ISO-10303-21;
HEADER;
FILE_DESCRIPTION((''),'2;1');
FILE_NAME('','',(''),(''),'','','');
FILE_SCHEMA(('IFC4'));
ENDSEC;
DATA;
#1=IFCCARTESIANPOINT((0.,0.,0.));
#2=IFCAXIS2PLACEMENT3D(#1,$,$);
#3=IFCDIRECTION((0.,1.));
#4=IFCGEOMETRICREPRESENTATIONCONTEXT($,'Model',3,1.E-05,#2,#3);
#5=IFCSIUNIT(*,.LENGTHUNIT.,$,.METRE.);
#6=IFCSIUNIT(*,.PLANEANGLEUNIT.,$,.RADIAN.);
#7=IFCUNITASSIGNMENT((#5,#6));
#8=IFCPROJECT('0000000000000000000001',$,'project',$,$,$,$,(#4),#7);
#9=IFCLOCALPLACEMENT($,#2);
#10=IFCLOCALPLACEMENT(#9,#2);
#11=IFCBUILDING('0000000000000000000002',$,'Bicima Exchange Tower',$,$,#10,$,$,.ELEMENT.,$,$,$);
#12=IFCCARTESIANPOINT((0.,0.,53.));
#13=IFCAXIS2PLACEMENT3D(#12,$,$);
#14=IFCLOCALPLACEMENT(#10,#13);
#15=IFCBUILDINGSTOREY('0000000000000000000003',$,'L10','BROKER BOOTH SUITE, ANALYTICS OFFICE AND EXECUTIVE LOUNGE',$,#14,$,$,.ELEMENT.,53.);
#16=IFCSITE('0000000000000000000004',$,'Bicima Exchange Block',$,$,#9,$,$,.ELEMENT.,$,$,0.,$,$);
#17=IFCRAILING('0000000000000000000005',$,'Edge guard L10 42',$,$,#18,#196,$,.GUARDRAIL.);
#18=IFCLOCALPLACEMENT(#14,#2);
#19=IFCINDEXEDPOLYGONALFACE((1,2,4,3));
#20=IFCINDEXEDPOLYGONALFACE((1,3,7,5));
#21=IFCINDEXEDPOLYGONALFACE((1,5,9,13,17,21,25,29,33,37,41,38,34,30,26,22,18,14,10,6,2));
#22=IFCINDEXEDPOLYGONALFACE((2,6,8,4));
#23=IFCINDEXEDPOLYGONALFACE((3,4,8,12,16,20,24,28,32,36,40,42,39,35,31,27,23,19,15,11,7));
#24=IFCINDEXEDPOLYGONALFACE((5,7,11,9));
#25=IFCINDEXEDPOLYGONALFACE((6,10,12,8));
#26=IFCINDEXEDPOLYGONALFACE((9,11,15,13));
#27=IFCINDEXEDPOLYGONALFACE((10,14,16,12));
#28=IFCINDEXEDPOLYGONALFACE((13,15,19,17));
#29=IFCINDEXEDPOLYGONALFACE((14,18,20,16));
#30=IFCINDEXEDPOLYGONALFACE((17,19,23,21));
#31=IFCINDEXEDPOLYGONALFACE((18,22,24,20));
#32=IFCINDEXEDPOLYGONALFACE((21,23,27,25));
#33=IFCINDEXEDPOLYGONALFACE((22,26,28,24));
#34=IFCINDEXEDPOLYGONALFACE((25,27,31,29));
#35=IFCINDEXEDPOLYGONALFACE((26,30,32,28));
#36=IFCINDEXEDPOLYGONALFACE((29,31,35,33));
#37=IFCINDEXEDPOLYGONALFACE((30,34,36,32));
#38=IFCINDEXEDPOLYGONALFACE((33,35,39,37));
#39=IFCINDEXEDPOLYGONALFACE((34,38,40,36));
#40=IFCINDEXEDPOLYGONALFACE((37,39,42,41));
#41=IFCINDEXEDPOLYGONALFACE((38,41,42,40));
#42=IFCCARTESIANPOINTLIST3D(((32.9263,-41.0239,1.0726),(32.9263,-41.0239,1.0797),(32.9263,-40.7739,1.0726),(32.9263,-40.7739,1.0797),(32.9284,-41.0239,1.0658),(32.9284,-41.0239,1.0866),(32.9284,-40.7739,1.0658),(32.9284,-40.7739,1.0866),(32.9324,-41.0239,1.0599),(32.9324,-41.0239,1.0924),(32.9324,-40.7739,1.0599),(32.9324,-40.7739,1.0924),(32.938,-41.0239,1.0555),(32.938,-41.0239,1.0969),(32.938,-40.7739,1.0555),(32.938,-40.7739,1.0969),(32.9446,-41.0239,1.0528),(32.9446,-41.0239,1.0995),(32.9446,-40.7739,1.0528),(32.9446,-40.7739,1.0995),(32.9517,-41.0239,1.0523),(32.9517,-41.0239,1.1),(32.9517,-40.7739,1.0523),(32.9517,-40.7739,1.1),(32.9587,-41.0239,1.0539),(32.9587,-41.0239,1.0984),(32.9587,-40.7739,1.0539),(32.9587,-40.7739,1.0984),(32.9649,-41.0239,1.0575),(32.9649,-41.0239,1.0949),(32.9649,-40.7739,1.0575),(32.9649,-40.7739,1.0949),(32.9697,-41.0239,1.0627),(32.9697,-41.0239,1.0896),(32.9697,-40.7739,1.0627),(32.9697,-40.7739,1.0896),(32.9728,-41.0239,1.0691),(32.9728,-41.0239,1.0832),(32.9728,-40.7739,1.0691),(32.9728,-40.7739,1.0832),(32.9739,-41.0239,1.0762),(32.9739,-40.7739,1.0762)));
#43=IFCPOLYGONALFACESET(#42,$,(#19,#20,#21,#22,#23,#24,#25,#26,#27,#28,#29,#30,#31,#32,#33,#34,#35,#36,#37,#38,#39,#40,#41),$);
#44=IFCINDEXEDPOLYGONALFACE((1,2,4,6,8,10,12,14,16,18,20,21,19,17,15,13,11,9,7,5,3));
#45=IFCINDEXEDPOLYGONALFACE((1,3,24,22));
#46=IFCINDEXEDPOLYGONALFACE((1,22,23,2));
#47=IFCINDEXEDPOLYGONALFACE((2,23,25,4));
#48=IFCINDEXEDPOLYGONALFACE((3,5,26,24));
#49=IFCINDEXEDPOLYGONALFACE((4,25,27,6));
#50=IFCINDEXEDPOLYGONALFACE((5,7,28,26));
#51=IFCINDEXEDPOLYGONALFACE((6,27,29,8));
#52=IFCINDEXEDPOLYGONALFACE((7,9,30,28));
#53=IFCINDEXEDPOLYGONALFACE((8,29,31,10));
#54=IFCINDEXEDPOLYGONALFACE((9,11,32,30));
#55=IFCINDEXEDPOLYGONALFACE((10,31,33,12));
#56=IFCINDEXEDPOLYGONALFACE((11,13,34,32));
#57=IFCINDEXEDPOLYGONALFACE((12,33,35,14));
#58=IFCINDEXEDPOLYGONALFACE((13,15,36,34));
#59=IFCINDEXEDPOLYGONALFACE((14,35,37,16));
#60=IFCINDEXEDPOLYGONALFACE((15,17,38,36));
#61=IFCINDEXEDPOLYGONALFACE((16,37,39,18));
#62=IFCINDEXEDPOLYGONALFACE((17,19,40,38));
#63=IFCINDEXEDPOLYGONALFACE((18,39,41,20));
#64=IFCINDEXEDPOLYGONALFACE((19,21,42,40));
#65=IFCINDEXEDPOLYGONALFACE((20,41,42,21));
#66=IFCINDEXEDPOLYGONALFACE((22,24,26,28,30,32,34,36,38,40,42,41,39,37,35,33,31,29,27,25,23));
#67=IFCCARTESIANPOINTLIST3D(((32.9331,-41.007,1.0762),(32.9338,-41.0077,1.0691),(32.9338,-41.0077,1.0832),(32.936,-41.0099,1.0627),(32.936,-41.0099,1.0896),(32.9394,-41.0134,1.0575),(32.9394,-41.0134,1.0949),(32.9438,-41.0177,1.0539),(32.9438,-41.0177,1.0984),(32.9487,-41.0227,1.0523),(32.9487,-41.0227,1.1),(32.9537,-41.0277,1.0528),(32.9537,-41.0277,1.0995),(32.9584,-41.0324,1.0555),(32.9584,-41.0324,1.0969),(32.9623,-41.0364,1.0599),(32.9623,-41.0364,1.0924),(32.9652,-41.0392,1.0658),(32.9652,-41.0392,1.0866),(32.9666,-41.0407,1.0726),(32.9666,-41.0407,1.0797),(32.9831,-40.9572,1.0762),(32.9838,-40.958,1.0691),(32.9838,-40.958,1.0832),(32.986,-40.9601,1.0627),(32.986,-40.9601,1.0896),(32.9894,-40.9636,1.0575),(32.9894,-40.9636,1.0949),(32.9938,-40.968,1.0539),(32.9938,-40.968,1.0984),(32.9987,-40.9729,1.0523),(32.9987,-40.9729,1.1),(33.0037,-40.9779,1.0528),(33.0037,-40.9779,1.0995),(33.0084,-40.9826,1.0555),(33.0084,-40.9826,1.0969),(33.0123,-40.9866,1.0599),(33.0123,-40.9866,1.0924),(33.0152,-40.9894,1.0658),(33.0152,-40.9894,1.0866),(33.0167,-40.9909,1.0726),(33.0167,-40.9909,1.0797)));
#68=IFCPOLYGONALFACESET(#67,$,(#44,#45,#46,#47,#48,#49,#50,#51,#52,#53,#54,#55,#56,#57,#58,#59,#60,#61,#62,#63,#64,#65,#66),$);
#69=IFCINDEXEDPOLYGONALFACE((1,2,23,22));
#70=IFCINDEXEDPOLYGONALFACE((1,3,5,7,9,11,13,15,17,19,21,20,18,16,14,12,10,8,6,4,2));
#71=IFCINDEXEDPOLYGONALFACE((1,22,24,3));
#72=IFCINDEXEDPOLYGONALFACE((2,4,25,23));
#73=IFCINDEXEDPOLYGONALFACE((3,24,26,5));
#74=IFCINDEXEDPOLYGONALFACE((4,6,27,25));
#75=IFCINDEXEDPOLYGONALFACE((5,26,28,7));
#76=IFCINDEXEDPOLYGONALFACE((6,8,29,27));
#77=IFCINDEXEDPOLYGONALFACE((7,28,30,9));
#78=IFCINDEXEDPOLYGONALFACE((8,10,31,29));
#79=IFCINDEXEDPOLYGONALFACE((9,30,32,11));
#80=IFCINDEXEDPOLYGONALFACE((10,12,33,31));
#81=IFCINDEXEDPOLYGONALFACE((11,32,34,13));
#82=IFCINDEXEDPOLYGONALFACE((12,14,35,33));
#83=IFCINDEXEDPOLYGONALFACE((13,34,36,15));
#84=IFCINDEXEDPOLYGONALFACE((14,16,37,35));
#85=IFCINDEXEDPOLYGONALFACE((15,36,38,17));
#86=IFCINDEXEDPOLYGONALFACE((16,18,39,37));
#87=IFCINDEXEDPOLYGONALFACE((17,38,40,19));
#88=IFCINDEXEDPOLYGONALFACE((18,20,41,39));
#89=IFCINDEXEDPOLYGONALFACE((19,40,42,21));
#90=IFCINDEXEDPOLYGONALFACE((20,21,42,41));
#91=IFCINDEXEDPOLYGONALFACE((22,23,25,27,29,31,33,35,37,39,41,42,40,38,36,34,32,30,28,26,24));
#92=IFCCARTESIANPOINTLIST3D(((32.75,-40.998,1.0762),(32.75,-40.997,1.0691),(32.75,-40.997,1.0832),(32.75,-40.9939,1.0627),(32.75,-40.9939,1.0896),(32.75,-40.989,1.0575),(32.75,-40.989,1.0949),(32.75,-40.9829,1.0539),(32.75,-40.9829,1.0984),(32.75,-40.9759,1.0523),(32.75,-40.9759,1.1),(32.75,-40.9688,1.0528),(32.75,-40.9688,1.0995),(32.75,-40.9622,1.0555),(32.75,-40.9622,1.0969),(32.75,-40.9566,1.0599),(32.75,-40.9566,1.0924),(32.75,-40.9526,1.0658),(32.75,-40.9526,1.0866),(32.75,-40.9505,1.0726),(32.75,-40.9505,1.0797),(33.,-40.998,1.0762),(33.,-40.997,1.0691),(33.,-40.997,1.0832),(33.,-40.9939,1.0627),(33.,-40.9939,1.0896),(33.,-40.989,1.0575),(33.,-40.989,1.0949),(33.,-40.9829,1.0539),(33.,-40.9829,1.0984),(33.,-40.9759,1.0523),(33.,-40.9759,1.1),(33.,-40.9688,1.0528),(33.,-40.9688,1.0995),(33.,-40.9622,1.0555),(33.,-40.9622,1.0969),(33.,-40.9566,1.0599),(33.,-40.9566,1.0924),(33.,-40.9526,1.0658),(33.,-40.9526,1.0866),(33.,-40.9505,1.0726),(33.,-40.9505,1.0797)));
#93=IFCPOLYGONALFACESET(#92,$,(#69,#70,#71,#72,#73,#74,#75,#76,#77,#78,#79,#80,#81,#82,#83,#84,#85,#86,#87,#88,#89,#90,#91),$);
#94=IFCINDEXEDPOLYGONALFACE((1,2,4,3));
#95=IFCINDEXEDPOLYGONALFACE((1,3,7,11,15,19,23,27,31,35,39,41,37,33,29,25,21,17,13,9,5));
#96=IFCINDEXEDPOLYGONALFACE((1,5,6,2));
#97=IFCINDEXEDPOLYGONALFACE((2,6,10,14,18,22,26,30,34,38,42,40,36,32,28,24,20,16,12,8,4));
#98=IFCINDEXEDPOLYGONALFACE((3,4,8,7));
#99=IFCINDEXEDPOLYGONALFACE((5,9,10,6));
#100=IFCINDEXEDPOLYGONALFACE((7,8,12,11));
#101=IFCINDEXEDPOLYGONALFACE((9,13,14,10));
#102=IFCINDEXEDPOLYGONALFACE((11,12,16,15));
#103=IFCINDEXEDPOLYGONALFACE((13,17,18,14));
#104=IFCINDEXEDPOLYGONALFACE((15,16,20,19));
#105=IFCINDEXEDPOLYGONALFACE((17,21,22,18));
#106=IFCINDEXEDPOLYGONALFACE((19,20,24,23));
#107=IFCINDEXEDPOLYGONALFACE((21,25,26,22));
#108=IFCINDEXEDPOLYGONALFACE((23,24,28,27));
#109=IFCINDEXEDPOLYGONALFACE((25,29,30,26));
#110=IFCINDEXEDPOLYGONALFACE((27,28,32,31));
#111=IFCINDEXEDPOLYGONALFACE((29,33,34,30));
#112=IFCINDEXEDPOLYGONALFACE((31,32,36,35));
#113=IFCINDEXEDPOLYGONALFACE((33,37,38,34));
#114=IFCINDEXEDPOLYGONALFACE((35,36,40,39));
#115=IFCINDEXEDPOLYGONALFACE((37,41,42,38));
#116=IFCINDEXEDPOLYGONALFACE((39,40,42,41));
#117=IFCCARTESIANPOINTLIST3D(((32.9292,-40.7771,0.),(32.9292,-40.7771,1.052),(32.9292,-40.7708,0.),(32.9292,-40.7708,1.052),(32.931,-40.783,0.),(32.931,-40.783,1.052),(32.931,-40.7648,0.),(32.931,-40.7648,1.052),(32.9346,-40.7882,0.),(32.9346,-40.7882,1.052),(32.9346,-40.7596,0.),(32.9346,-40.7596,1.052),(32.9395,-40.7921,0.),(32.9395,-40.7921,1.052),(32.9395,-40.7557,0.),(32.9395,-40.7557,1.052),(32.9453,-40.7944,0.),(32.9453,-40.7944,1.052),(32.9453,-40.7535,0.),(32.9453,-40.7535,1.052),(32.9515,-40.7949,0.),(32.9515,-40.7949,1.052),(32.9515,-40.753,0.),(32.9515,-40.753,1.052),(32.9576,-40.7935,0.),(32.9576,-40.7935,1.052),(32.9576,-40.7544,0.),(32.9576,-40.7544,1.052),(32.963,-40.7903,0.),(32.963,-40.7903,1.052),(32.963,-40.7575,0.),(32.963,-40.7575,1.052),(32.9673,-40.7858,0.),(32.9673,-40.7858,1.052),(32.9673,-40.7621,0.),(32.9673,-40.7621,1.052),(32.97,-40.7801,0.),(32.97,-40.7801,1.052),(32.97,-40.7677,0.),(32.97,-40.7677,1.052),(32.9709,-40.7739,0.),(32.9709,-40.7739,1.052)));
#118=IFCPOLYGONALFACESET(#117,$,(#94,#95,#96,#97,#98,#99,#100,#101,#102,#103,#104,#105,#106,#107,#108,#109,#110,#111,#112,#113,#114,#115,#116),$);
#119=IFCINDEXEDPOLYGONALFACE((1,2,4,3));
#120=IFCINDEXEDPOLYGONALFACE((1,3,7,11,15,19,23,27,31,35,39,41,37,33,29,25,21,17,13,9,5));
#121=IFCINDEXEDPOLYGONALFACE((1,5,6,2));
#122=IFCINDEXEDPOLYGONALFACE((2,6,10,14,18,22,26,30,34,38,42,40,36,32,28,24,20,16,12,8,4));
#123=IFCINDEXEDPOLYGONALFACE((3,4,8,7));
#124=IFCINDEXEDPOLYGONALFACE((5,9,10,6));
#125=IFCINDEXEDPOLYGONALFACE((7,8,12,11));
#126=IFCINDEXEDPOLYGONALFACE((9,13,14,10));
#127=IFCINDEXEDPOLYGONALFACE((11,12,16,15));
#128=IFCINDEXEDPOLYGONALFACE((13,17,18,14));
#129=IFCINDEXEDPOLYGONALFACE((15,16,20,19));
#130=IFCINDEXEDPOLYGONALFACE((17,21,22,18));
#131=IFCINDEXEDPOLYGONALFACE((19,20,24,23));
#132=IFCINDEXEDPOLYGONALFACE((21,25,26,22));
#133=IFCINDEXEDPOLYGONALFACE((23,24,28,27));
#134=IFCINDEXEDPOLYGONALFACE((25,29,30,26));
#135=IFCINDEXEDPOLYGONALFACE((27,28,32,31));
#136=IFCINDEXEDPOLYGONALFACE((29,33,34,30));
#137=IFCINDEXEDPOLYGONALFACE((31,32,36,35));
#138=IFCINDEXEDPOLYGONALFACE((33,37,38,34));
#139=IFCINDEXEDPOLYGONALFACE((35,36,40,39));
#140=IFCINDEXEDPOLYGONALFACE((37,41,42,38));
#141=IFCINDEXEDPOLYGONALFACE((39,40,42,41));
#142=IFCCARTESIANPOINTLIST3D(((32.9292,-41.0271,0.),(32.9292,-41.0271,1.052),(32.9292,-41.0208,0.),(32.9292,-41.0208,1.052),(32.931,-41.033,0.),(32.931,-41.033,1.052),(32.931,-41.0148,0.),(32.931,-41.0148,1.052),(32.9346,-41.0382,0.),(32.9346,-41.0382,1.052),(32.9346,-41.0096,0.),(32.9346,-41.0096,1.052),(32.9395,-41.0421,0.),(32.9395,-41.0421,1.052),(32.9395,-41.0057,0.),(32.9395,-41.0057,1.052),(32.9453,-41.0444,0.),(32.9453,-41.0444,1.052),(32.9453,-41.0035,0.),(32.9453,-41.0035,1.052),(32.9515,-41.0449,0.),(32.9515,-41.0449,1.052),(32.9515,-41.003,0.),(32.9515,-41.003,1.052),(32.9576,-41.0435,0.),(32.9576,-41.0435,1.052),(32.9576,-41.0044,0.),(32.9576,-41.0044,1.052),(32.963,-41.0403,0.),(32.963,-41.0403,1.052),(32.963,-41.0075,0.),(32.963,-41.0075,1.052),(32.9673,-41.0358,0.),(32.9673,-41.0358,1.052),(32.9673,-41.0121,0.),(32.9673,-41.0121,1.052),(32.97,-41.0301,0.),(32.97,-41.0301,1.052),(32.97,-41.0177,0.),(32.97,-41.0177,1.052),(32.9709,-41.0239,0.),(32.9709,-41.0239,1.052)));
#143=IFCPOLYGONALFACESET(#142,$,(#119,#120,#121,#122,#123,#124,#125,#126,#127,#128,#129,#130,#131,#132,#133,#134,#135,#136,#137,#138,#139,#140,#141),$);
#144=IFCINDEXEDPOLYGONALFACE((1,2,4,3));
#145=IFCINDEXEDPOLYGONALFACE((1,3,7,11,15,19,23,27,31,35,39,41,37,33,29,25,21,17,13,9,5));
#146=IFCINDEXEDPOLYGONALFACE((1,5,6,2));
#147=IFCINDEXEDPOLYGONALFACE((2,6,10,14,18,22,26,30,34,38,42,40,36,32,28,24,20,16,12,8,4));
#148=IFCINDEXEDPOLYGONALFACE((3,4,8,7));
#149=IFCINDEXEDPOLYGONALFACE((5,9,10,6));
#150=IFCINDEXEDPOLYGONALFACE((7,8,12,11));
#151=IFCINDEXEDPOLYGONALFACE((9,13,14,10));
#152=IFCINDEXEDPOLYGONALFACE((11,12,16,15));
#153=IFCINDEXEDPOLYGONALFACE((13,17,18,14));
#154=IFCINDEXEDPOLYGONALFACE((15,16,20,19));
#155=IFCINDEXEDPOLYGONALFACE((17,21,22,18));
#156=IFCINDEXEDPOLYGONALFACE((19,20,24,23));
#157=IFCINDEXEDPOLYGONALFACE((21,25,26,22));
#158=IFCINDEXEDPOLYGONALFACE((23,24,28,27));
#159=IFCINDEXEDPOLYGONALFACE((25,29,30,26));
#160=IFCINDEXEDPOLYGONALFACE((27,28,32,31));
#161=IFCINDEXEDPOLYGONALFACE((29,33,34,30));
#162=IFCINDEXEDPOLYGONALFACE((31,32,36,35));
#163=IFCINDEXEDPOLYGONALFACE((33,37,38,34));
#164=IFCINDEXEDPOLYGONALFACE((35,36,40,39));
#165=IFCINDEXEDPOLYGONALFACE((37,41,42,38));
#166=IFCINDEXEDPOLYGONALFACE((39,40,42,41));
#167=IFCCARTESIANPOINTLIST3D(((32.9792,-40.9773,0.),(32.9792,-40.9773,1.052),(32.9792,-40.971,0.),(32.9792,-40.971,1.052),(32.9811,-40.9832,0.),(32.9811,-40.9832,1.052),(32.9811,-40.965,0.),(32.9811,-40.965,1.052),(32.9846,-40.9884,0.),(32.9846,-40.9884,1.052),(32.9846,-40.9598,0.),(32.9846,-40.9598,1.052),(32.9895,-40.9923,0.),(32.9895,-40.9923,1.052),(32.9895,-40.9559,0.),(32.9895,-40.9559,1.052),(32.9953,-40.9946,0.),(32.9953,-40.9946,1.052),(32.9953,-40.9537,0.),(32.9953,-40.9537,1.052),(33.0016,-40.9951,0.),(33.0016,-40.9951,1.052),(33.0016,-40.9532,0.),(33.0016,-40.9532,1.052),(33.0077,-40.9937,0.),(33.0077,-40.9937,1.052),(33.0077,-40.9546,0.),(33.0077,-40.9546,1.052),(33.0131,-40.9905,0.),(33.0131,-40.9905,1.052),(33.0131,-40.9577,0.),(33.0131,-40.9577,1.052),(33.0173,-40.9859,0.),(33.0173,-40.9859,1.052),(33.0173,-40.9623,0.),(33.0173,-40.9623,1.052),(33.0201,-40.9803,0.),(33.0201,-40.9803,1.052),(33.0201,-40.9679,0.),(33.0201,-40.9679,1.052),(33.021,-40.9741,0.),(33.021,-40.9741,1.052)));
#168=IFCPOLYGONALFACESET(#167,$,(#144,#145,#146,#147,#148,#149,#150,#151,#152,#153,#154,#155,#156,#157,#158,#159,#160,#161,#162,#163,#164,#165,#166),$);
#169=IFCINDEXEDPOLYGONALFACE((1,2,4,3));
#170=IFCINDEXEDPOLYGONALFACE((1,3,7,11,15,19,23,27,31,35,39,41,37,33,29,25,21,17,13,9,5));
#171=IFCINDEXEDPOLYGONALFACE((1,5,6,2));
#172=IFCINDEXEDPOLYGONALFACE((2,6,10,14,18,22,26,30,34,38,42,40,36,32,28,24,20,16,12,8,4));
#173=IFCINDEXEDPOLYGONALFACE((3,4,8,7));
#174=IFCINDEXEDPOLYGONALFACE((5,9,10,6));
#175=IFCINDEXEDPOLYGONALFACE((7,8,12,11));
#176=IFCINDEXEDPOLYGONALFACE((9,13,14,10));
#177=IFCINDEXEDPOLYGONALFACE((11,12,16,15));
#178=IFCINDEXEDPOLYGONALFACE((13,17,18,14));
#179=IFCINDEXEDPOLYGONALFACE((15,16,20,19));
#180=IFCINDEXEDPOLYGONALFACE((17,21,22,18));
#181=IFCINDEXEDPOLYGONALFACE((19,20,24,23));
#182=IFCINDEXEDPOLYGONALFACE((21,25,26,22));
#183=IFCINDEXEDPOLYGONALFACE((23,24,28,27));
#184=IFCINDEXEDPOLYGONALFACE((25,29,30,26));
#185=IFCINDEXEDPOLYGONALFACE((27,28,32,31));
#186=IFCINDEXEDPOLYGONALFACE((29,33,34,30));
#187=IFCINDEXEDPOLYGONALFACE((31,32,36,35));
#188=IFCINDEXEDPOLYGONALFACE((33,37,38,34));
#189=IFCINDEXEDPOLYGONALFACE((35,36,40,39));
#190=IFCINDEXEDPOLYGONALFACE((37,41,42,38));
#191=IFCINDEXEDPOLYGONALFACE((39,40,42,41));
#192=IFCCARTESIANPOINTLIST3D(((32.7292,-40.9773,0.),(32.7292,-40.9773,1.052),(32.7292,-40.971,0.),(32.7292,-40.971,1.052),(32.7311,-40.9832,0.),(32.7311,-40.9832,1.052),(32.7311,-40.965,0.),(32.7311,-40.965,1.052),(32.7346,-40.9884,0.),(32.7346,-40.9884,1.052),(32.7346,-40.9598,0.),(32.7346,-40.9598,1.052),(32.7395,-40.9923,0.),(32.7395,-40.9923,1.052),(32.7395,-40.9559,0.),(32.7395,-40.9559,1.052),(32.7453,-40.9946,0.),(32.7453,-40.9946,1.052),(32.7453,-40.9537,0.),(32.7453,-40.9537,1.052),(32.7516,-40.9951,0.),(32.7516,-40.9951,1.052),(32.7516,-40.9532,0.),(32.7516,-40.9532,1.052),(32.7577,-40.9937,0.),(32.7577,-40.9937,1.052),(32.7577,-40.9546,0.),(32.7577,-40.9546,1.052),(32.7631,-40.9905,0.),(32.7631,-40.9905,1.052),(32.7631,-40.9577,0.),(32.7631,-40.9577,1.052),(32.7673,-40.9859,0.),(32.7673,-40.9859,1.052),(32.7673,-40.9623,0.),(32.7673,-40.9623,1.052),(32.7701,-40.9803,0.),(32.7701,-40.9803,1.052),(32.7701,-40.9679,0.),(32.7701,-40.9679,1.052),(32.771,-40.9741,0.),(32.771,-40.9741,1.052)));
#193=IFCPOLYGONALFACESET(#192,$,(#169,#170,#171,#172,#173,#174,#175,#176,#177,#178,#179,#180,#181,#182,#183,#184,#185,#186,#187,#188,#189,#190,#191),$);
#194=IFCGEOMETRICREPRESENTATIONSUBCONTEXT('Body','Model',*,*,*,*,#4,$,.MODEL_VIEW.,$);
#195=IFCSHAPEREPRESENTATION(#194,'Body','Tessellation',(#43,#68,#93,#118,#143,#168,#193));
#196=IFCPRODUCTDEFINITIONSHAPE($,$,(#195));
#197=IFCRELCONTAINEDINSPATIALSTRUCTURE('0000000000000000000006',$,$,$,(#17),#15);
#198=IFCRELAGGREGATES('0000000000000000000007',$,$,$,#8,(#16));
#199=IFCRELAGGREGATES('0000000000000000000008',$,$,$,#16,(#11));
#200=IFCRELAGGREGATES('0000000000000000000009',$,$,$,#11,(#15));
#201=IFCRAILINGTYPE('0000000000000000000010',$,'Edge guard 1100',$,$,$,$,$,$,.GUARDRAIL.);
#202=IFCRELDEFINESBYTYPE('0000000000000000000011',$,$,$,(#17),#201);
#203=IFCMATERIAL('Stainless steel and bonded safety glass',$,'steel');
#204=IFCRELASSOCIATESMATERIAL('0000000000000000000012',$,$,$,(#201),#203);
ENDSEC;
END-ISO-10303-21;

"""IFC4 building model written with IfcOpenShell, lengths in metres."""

from ifc_helpers import new_model, si_unit, direction, frame, origin, origin_2d, place, context, subcontext, project, spatial, circle, extrude, material, type_object, element, save


model = new_model("IFC4")

# Units and contexts
model_context = context("Model", 3, precision=1e-05, world=origin(), true_north=direction((0.0, 1.0)))
body_context = subcontext(model_context, "Body", "Model", "MODEL_VIEW")
ifc_project = project(units=[si_unit("LENGTHUNIT", "METRE"), si_unit("PLANEANGLEUNIT", "RADIAN")], contexts=[model_context])

# Site, building, storey
site_placement = place(None, origin())
site = spatial("IfcSite", under=ifc_project, at=site_placement, Name="Bicima Exchange Block", CompositionType="ELEMENT", RefElevation=0.0)
building_placement = place(site_placement, origin())
building = spatial("IfcBuilding", under=site, at=building_placement, Name="Bicima Exchange Tower", CompositionType="ELEMENT")
storey_placement = place(building_placement, frame((0.0, 0.0, 53.0)))
storey = spatial("IfcBuildingStorey", under=building, at=storey_placement, Name="L10", Description="BROKER BOOTH SUITE, ANALYTICS OFFICE AND EXECUTIVE LOUNGE", CompositionType="ELEMENT", Elevation=53.0)

# Railing
ifc_material_1 = material(Name="Stainless steel and bonded safety glass", Category="steel")
railing_type = type_object("IfcRailingType", Name="Edge guard 1100", PredefinedType="GUARDRAIL", material=ifc_material_1)
railing_1_placement = place(storey_placement, frame((32.95, -40.7739, 0.0)))
element("IfcRailing", 1, at=railing_1_placement, inside=storey, type_object=railing_type, Name="Edge guard L10 42", PredefinedType="GUARDRAIL", context=body_context, shape_type="SweptSolid", body=[
    extrude(circle(Radius=0.0239, at=origin_2d()), frame((0.0, 0.0, 1.0762), z_axis=(0.0, -1.0, 0.0), x_axis=(1.0, 0.0, 0.0)), (0.0, 0.0, 1.0), 0.25),
    extrude(circle(Radius=0.0239, at=origin_2d()), frame((0.0, -0.25, 1.0762), z_axis=(0.708834, 0.705376, 0.0), x_axis=(-0.705376, 0.708834, 0.0)), (0.0, 0.0, 1.0), 0.0706),
    extrude(circle(Radius=0.0239, at=origin_2d()), frame((0.05, -0.2002, 1.0762), z_axis=(-1.0, 0.0, 0.0), x_axis=(0.0, -1.0, 0.0)), (0.0, 0.0, 1.0), 0.25),
    extrude(circle(Radius=0.021, at=origin_2d()), origin(), (0.0, 0.0, 1.0), 1.052),
    extrude(circle(Radius=0.021, at=origin_2d()), frame((0.0, -0.25, 0.0)), (0.0, 0.0, 1.0), 1.052),
    extrude(circle(Radius=0.021, at=origin_2d()), frame((0.05, -0.2002, 0.0)), (0.0, 0.0, 1.0), 1.052),
    extrude(circle(Radius=0.021, at=origin_2d()), frame((-0.2, -0.2002, 0.0)), (0.0, 0.0, 1.0), 1.052),
])

save(model, "model.ifc")
